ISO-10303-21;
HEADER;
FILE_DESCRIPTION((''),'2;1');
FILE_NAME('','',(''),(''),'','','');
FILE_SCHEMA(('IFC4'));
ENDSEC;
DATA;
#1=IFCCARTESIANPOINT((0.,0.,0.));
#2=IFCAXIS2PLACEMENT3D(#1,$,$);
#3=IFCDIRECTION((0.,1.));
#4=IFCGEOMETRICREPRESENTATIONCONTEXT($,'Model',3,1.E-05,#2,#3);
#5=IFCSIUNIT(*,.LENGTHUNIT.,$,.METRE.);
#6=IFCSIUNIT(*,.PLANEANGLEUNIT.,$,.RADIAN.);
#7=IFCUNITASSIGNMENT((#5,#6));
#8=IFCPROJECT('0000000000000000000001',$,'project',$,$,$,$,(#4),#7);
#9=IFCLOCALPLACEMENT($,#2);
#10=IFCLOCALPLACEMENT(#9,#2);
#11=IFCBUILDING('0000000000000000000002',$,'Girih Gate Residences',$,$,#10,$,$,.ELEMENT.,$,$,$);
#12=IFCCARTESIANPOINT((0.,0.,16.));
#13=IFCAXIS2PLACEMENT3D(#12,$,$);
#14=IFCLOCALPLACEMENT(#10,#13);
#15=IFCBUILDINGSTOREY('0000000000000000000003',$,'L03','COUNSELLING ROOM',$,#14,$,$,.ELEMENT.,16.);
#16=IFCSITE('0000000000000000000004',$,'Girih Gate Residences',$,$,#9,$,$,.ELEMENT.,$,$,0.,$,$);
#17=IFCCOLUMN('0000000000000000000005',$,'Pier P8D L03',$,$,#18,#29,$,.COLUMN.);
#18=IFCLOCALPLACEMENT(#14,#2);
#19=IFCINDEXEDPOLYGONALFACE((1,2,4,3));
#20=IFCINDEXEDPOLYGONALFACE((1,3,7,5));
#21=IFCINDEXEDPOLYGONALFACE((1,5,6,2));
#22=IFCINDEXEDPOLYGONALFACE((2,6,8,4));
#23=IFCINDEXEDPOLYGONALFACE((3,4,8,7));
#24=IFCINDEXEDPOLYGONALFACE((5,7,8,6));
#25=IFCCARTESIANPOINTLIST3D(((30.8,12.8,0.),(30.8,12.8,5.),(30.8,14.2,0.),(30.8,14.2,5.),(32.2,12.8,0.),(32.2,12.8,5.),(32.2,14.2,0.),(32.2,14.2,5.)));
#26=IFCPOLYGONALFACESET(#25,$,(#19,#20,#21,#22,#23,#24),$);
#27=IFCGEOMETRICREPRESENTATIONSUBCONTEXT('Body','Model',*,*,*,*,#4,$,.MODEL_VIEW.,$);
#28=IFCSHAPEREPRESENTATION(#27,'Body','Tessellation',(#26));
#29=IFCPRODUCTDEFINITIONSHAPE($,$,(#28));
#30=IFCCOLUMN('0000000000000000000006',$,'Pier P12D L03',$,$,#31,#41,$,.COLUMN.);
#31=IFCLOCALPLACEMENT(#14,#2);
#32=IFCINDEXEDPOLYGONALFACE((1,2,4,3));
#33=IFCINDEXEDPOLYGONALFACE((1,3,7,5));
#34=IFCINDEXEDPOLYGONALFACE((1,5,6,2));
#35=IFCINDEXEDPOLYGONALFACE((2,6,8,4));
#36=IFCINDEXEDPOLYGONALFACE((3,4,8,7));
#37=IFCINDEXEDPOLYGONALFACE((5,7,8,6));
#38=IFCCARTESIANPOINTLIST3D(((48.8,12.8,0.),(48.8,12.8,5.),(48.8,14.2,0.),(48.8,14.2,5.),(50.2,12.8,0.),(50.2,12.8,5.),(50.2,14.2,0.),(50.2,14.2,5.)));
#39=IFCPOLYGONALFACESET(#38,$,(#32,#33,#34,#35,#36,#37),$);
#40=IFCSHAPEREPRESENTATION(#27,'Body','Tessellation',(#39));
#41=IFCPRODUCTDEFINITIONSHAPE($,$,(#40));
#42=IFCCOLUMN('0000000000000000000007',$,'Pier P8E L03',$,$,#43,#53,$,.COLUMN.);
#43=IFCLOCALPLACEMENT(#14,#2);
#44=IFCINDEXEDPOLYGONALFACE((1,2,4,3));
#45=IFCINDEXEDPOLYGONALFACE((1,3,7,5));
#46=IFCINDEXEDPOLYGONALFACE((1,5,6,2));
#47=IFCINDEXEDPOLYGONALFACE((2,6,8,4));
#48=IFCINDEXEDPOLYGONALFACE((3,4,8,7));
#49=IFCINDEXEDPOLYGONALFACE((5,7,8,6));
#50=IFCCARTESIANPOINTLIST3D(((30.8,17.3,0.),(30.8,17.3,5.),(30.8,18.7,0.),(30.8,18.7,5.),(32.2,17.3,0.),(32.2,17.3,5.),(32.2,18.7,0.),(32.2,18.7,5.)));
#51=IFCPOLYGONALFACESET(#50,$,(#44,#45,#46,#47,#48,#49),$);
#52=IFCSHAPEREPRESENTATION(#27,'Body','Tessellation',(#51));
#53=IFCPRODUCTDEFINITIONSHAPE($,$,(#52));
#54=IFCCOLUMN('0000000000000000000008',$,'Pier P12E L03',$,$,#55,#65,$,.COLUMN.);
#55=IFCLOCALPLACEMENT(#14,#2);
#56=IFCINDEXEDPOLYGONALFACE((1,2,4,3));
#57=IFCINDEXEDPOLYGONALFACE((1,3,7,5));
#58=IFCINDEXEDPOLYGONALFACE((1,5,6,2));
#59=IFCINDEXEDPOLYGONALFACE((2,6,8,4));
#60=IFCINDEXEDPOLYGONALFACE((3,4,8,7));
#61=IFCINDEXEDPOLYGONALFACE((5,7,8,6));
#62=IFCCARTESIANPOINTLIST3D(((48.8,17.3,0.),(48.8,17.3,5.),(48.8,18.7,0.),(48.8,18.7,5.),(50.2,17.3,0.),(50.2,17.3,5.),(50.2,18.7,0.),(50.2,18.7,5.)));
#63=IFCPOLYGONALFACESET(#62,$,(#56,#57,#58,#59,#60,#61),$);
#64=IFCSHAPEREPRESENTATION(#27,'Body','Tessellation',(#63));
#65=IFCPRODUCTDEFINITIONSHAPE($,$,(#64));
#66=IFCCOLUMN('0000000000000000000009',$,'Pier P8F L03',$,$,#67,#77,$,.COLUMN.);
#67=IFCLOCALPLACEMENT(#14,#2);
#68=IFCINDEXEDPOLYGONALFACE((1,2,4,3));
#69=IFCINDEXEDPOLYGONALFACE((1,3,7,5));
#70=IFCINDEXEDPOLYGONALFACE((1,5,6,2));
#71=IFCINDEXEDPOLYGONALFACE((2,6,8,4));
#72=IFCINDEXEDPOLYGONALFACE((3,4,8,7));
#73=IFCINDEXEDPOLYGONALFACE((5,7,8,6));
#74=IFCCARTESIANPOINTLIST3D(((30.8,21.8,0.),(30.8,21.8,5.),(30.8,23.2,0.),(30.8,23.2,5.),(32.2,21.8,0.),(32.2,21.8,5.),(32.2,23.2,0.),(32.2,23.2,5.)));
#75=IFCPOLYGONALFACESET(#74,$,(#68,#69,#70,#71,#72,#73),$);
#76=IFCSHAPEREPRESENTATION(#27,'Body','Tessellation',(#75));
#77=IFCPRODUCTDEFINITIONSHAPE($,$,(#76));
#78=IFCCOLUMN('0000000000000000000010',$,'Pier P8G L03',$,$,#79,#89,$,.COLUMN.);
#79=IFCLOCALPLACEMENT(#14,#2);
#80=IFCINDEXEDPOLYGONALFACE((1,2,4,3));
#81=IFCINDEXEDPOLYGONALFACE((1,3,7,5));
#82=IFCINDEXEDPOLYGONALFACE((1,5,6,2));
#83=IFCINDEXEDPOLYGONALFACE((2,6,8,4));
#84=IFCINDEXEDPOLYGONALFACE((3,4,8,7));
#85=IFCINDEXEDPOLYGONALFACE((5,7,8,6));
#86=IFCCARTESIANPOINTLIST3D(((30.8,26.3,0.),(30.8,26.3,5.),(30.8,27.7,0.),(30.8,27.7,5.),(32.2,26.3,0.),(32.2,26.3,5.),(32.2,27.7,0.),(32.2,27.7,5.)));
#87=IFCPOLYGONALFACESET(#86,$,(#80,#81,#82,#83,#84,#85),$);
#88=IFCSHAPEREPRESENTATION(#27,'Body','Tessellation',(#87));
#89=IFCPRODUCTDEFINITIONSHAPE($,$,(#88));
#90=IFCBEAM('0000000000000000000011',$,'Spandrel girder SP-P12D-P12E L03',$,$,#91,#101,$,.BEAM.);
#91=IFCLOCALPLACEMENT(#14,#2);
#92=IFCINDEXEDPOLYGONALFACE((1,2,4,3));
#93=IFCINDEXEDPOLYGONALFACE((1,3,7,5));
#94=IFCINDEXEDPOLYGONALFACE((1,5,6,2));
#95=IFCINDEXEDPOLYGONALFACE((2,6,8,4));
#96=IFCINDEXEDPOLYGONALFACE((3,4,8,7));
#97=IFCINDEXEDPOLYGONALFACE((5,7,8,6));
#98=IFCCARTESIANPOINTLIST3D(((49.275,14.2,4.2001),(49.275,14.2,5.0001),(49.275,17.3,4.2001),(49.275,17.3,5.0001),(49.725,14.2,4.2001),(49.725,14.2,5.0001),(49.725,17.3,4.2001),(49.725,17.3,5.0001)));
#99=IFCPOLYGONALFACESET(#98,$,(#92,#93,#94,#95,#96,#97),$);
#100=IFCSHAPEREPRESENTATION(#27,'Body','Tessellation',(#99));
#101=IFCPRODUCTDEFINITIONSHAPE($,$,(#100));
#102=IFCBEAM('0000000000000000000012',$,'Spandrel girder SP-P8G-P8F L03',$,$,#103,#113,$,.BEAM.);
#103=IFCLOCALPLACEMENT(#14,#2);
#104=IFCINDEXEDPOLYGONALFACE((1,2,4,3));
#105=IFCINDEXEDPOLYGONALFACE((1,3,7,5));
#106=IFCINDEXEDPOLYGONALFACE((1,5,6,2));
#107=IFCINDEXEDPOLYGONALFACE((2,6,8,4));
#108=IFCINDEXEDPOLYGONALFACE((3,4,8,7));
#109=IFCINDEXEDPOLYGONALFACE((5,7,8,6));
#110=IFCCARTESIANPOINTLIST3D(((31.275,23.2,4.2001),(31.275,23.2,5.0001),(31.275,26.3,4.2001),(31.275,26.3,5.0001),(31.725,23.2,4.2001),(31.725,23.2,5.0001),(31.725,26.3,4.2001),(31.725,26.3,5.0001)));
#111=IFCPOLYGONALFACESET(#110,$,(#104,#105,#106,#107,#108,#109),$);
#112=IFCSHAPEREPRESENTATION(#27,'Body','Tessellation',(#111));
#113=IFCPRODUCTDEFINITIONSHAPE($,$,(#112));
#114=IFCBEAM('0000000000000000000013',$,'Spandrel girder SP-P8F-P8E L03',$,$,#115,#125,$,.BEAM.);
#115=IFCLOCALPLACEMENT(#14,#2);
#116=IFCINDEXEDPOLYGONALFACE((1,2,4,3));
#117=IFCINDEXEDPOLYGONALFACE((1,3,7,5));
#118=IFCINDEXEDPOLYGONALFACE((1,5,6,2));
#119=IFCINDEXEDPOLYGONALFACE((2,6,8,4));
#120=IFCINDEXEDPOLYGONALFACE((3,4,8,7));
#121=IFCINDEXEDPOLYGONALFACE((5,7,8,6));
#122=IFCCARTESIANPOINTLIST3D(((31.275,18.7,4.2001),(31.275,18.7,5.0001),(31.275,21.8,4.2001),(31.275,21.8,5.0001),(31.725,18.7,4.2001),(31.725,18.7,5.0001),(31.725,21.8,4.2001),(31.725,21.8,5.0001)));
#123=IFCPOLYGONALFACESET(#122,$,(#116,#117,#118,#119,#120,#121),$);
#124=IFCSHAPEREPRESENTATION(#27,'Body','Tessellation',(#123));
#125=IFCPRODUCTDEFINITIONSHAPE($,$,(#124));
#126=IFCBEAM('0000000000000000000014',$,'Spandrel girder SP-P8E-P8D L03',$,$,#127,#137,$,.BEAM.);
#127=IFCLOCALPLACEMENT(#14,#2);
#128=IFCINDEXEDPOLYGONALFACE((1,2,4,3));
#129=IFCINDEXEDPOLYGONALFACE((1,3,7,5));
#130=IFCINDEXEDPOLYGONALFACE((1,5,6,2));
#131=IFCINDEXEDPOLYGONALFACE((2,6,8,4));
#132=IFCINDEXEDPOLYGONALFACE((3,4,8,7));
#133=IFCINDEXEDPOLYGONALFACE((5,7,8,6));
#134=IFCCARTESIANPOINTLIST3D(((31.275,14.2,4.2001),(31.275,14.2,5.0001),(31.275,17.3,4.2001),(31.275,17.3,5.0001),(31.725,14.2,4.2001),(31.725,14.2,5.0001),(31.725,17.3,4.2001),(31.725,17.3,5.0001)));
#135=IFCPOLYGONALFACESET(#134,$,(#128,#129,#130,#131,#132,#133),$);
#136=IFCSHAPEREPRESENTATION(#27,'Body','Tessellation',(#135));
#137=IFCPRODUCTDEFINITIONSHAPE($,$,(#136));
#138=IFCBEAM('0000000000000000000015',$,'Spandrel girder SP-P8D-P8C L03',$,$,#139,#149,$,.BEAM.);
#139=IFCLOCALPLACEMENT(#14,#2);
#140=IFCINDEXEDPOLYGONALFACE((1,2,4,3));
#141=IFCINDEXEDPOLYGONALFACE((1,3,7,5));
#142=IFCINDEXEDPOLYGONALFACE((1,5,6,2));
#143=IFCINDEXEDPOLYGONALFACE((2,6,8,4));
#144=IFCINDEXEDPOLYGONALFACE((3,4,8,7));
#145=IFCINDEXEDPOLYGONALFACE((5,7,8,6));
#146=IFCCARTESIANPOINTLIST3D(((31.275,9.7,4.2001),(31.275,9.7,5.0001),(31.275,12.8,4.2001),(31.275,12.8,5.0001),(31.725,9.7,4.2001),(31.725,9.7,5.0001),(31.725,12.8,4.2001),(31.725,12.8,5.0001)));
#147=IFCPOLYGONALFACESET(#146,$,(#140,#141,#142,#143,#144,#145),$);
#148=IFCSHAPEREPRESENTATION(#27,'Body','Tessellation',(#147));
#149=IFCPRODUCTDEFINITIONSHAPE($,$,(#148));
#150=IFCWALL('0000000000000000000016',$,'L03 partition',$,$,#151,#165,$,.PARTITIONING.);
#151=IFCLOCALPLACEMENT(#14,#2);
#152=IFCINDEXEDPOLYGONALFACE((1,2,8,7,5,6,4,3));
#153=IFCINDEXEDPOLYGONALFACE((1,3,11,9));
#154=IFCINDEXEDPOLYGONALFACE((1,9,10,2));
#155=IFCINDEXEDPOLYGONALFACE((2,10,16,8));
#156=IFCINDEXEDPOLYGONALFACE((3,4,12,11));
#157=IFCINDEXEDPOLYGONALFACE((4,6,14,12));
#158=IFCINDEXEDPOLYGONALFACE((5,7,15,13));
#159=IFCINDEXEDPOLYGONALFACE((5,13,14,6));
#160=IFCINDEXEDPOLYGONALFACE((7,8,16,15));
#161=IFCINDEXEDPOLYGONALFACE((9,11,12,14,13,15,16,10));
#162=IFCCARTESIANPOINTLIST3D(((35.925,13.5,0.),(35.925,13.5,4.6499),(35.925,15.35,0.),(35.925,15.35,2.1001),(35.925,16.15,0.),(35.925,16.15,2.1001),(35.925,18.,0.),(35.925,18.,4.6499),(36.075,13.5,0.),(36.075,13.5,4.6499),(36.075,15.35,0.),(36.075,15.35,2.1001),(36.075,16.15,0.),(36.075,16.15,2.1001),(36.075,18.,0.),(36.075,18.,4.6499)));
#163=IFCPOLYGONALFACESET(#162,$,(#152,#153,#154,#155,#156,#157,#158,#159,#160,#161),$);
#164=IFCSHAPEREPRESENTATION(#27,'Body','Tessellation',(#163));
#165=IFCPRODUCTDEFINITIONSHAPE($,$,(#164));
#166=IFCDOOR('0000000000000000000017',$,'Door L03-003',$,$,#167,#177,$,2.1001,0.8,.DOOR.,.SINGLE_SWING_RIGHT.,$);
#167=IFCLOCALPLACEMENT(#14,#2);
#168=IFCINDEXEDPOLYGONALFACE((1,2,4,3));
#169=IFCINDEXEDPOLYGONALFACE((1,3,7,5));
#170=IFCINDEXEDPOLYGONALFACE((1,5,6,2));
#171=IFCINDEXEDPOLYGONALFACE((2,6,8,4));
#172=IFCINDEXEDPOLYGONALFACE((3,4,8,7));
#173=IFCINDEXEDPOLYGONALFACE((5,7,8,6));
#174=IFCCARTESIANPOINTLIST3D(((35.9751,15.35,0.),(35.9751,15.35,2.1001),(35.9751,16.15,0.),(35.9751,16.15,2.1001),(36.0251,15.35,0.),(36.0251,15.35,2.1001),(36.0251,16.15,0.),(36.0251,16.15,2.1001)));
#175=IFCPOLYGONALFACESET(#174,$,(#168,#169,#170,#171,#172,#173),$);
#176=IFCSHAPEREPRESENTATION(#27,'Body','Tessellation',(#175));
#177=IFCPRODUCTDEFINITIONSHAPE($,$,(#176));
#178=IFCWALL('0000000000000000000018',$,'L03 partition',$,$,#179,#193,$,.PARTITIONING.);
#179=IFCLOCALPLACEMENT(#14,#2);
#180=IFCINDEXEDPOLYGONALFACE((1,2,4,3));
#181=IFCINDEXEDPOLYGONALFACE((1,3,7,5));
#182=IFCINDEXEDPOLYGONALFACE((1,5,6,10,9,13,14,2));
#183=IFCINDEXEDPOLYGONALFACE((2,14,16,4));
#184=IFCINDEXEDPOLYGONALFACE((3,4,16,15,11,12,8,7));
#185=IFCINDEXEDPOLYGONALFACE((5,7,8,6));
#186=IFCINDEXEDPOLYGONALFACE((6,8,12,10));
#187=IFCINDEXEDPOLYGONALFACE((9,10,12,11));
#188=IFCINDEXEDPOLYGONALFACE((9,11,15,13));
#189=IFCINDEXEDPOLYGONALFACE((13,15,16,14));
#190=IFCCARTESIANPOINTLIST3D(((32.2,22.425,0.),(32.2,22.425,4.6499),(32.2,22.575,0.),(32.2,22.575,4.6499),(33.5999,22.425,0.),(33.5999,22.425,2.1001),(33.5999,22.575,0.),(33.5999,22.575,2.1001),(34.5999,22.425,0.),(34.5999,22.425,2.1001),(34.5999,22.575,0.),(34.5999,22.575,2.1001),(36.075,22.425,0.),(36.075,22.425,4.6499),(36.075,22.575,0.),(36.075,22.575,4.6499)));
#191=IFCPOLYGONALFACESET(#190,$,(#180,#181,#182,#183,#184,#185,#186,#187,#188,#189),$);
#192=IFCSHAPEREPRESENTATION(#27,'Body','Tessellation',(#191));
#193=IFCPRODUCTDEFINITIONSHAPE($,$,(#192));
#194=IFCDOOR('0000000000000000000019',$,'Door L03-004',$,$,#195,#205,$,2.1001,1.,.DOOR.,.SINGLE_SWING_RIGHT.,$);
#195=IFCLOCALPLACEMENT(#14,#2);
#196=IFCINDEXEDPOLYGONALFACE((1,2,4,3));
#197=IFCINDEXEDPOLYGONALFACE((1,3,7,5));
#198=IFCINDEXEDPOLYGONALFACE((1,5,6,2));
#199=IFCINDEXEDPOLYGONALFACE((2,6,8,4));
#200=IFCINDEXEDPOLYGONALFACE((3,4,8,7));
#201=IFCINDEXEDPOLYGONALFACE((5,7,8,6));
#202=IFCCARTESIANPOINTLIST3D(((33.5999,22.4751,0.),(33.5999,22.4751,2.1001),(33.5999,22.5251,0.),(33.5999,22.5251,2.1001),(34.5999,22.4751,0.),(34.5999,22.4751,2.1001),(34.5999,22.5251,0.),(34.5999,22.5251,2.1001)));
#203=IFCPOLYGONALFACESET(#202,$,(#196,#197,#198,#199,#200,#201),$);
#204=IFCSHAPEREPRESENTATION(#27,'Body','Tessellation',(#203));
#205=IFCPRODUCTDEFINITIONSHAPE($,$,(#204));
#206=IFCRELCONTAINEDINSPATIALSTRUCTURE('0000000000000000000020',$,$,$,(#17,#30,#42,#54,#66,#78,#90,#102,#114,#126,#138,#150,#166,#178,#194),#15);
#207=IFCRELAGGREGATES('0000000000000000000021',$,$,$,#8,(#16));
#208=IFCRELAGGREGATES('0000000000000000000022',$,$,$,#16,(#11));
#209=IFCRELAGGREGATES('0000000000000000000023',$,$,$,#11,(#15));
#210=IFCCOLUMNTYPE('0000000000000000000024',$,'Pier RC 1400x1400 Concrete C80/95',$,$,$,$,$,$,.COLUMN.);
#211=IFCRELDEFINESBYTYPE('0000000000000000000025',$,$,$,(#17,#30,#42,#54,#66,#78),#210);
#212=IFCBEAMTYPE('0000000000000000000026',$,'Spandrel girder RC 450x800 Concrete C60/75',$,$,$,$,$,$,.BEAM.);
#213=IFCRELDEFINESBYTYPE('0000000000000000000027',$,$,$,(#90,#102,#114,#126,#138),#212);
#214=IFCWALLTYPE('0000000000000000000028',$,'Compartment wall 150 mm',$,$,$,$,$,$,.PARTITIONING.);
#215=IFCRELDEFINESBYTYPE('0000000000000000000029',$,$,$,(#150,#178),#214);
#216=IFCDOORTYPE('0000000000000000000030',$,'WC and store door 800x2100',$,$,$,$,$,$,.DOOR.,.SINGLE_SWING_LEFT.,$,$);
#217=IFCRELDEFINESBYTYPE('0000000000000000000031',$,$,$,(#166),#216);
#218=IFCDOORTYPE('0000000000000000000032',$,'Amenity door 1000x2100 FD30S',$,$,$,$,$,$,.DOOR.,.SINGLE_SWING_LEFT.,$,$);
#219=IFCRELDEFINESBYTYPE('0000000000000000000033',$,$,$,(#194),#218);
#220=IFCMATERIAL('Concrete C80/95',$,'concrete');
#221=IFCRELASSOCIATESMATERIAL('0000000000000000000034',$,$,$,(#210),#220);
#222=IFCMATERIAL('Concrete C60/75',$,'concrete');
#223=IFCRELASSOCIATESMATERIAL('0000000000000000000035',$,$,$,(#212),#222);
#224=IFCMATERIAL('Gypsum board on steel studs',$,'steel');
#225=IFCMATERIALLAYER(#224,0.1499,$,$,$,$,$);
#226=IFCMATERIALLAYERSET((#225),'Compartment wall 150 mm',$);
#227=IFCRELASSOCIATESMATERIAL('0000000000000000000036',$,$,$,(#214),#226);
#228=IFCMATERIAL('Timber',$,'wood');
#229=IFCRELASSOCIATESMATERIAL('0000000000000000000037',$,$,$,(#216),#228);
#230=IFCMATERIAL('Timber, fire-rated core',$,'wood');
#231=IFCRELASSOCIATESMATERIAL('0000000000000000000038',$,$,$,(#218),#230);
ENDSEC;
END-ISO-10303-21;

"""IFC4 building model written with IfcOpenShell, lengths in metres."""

from ifc_helpers import new_model, si_unit, direction, frame, frame_2d, origin, origin_2d, place, context, subcontext, project, spatial, rectangle, extrude, material, layer, layer_set, material_profile, profile_set, type_object, element, fill, save


model = new_model("IFC4")

# Units and contexts
model_context = context("Model", 3, precision=1e-05, world=origin(), true_north=direction((0.0, 1.0)))
body_context = subcontext(model_context, "Body", "Model", "MODEL_VIEW")
ifc_project = project(units=[si_unit("LENGTHUNIT", "METRE"), si_unit("PLANEANGLEUNIT", "RADIAN")], contexts=[model_context])

# Site, building, storey
site_placement = place(None, origin())
site = spatial("IfcSite", under=ifc_project, at=site_placement, Name="Girih Gate Residences", CompositionType="ELEMENT", RefElevation=0.0)
building_placement = place(site_placement, origin())
building = spatial("IfcBuilding", under=site, at=building_placement, Name="Girih Gate Residences", CompositionType="ELEMENT")
storey_placement = place(building_placement, frame((0.0, 0.0, 16.0)))
storey = spatial("IfcBuildingStorey", under=building, at=storey_placement, Name="L03", Description="COUNSELLING ROOM", CompositionType="ELEMENT", Elevation=16.0)

# Columns
ifc_material_1 = material(Name="Concrete C80/95", Category="concrete")
ifc_material_profile_1 = material_profile(ifc_material_1, rectangle(XDim=1.3999, YDim=1.3999, at=origin_2d()))
ifc_profile_set_1 = profile_set([ifc_material_profile_1], Name="Concrete C80/95")
column_type = type_object("IfcColumnType", Name="Pier RC 1400x1400 Concrete C80/95", PredefinedType="COLUMN", material=ifc_profile_set_1)
for number, where, z_axis, x_axis, name in (
    (1, (31.5, 13.5, 0.0), (0.0, 0.0, 1.0), (1.0, 0.0, 0.0), "Pier P8D L03"),
    (2, (49.5, 13.5, 0.0), (0.0, 0.0, 1.0), (1.0, 0.0, 0.0), "Pier P12D L03"),
    (3, (31.5, 18.0, 0.0), (0.0, 0.0, 1.0), (1.0, 0.0, 0.0), "Pier P8E L03"),
    (4, (49.5, 18.0, 0.0), (0.0, 0.0, 1.0), (1.0, 0.0, 0.0), "Pier P12E L03"),
    (5, (31.5, 22.5, 0.0), (0.0, 0.0, 1.0), (1.0, 0.0, 0.0), "Pier P8F L03"),
    (6, (31.5, 27.0, 0.0), (0.0, 0.0, 1.0), (1.0, 0.0, 0.0), "Pier P8G L03"),
):
    element("IfcColumn", number, at=place(storey_placement, frame(where, z_axis=z_axis, x_axis=x_axis)), inside=storey, type_object=column_type, Name=name, PredefinedType="COLUMN", context=body_context, shape_type="SweptSolid", body=[
        extrude(rectangle(XDim=1.3999, YDim=1.3999, at=origin_2d()), origin(), (0.0, 0.0, 1.0), 5.0),
    ])

# Beams
ifc_material_2 = material(Name="Concrete C60/75", Category="concrete")
ifc_material_profile_2 = material_profile(ifc_material_2, rectangle(XDim=0.45, YDim=0.8, at=origin_2d()))
ifc_profile_set_2 = profile_set([ifc_material_profile_2], Name="Concrete C60/75")
beam_type = type_object("IfcBeamType", Name="Spandrel girder RC 450x800 Concrete C60/75", PredefinedType="BEAM", material=ifc_profile_set_2)
for number, where, z_axis, x_axis, name in (
    (7, (49.5, 14.2, 4.6001), (0.0, 1.0, 0.0), (-1.0, 0.0, 0.0), "Spandrel girder SP-P12D-P12E L03"),
    (8, (31.5, 26.3, 4.6001), (0.0, -1.0, 0.0), (1.0, 0.0, 0.0), "Spandrel girder SP-P8G-P8F L03"),
    (9, (31.5, 21.8, 4.6001), (0.0, -1.0, 0.0), (1.0, 0.0, 0.0), "Spandrel girder SP-P8F-P8E L03"),
    (10, (31.5, 17.3, 4.6001), (0.0, -1.0, 0.0), (1.0, 0.0, 0.0), "Spandrel girder SP-P8E-P8D L03"),
    (11, (31.5, 12.8, 4.6001), (0.0, -1.0, 0.0), (1.0, 0.0, 0.0), "Spandrel girder SP-P8D-P8C L03"),
):
    element("IfcBeam", number, at=place(storey_placement, frame(where, z_axis=z_axis, x_axis=x_axis)), inside=storey, type_object=beam_type, Name=name, PredefinedType="BEAM", context=body_context, shape_type="SweptSolid", body=[
        extrude(rectangle(XDim=0.45, YDim=0.8, at=origin_2d()), origin(), (0.0, 0.0, 1.0), 3.1001),
    ])

# Walls, openings, doors
ifc_material_3 = material(Name="Gypsum board on steel studs", Category="steel")
ifc_layer_1 = layer(ifc_material_3, 0.1499)
ifc_layer_set_1 = layer_set([ifc_layer_1], Name="Compartment wall 150 mm")
wall_type_1 = type_object("IfcWallType", Name="Compartment wall 150 mm", PredefinedType="PARTITIONING", material=ifc_layer_set_1)
wall_1_placement = place(storey_placement, frame((36.0, 13.5, 0.0), z_axis=(0.0, 0.0, 1.0), x_axis=(0.0, 1.0, 0.0)))
wall_1 = element("IfcWall", 12, at=wall_1_placement, inside=storey, type_object=wall_type_1, Name="L03 partition", PredefinedType="PARTITIONING", context=body_context, shape_type="SweptSolid", body=[
    extrude(rectangle(XDim=4.5, YDim=0.1499, at=frame_2d((2.25, 0.0))), origin(), (0.0, 0.0, 1.0), 4.6499),
])
opening_1_placement = place(wall_1_placement, frame((1.8501, 0.0, 0.0)))
opening_1 = element("IfcOpeningElement", 13, at=opening_1_placement, cuts=wall_1, PredefinedType="OPENING", context=body_context, shape_type="SweptSolid", body=[
    extrude(rectangle(XDim=0.8, YDim=2.1001, at=frame_2d((0.3999, 1.05))), frame((0.0, 0.085, 0.0), z_axis=(0.0, -1.0, 0.0), x_axis=(1.0, 0.0, 0.0)), (0.0, 0.0, 1.0), 0.1699),
])
ifc_material_4 = material(Name="Timber", Category="wood")
door_type_1 = type_object("IfcDoorType", Name="WC and store door 800x2100", OperationType="SINGLE_SWING_LEFT", PredefinedType="DOOR", material=ifc_material_4)
door_1_placement = place(opening_1_placement, origin())
door_1 = element("IfcDoor", 14, at=door_1_placement, inside=storey, type_object=door_type_1, Name="Door L03-003", OperationType="SINGLE_SWING_RIGHT", OverallHeight=2.1001, OverallWidth=0.8, PredefinedType="DOOR", context=body_context, shape_type="SweptSolid", body=[
    extrude(rectangle(XDim=0.8, YDim=2.1001, at=frame_2d((0.3999, 1.05))), frame((0.0, 0.0249, 0.0), z_axis=(0.0, -1.0, 0.0), x_axis=(1.0, 0.0, 0.0)), (0.0, 0.0, 1.0), 0.05),
])
fill(opening_1, door_1)
wall_2_placement = place(storey_placement, frame((36.075, 22.5, 0.0), z_axis=(0.0, 0.0, 1.0), x_axis=(-1.0, 0.0, 0.0)))
wall_2 = element("IfcWall", 15, at=wall_2_placement, inside=storey, type_object=wall_type_1, Name="L03 partition", PredefinedType="PARTITIONING", context=body_context, shape_type="SweptSolid", body=[
    extrude(rectangle(XDim=3.875, YDim=0.1499, at=frame_2d((1.9375, 0.0))), origin(), (0.0, 0.0, 1.0), 4.6499),
])
opening_2_placement = place(wall_2_placement, frame((1.4751, 0.0, 0.0)))
opening_2 = element("IfcOpeningElement", 16, at=opening_2_placement, cuts=wall_2, PredefinedType="OPENING", context=body_context, shape_type="SweptSolid", body=[
    extrude(rectangle(XDim=1.0, YDim=2.1001, at=frame_2d((0.5, 1.05))), frame((0.0, 0.085, 0.0), z_axis=(0.0, -1.0, 0.0), x_axis=(1.0, 0.0, 0.0)), (0.0, 0.0, 1.0), 0.1699),
])
ifc_material_5 = material(Name="Timber, fire-rated core", Category="wood")
door_type_2 = type_object("IfcDoorType", Name="Amenity door 1000x2100 FD30S", OperationType="SINGLE_SWING_LEFT", PredefinedType="DOOR", material=ifc_material_5)
door_2_placement = place(opening_2_placement, origin())
door_2 = element("IfcDoor", 17, at=door_2_placement, inside=storey, type_object=door_type_2, Name="Door L03-004", OperationType="SINGLE_SWING_RIGHT", OverallHeight=2.1001, OverallWidth=1.0, PredefinedType="DOOR", context=body_context, shape_type="SweptSolid", body=[
    extrude(rectangle(XDim=1.0, YDim=2.1001, at=frame_2d((0.5, 1.05))), frame((0.0, 0.0249, 0.0), z_axis=(0.0, -1.0, 0.0), x_axis=(1.0, 0.0, 0.0)), (0.0, 0.0, 1.0), 0.05),
])
fill(opening_2, door_2)

save(model, "model.ifc")
